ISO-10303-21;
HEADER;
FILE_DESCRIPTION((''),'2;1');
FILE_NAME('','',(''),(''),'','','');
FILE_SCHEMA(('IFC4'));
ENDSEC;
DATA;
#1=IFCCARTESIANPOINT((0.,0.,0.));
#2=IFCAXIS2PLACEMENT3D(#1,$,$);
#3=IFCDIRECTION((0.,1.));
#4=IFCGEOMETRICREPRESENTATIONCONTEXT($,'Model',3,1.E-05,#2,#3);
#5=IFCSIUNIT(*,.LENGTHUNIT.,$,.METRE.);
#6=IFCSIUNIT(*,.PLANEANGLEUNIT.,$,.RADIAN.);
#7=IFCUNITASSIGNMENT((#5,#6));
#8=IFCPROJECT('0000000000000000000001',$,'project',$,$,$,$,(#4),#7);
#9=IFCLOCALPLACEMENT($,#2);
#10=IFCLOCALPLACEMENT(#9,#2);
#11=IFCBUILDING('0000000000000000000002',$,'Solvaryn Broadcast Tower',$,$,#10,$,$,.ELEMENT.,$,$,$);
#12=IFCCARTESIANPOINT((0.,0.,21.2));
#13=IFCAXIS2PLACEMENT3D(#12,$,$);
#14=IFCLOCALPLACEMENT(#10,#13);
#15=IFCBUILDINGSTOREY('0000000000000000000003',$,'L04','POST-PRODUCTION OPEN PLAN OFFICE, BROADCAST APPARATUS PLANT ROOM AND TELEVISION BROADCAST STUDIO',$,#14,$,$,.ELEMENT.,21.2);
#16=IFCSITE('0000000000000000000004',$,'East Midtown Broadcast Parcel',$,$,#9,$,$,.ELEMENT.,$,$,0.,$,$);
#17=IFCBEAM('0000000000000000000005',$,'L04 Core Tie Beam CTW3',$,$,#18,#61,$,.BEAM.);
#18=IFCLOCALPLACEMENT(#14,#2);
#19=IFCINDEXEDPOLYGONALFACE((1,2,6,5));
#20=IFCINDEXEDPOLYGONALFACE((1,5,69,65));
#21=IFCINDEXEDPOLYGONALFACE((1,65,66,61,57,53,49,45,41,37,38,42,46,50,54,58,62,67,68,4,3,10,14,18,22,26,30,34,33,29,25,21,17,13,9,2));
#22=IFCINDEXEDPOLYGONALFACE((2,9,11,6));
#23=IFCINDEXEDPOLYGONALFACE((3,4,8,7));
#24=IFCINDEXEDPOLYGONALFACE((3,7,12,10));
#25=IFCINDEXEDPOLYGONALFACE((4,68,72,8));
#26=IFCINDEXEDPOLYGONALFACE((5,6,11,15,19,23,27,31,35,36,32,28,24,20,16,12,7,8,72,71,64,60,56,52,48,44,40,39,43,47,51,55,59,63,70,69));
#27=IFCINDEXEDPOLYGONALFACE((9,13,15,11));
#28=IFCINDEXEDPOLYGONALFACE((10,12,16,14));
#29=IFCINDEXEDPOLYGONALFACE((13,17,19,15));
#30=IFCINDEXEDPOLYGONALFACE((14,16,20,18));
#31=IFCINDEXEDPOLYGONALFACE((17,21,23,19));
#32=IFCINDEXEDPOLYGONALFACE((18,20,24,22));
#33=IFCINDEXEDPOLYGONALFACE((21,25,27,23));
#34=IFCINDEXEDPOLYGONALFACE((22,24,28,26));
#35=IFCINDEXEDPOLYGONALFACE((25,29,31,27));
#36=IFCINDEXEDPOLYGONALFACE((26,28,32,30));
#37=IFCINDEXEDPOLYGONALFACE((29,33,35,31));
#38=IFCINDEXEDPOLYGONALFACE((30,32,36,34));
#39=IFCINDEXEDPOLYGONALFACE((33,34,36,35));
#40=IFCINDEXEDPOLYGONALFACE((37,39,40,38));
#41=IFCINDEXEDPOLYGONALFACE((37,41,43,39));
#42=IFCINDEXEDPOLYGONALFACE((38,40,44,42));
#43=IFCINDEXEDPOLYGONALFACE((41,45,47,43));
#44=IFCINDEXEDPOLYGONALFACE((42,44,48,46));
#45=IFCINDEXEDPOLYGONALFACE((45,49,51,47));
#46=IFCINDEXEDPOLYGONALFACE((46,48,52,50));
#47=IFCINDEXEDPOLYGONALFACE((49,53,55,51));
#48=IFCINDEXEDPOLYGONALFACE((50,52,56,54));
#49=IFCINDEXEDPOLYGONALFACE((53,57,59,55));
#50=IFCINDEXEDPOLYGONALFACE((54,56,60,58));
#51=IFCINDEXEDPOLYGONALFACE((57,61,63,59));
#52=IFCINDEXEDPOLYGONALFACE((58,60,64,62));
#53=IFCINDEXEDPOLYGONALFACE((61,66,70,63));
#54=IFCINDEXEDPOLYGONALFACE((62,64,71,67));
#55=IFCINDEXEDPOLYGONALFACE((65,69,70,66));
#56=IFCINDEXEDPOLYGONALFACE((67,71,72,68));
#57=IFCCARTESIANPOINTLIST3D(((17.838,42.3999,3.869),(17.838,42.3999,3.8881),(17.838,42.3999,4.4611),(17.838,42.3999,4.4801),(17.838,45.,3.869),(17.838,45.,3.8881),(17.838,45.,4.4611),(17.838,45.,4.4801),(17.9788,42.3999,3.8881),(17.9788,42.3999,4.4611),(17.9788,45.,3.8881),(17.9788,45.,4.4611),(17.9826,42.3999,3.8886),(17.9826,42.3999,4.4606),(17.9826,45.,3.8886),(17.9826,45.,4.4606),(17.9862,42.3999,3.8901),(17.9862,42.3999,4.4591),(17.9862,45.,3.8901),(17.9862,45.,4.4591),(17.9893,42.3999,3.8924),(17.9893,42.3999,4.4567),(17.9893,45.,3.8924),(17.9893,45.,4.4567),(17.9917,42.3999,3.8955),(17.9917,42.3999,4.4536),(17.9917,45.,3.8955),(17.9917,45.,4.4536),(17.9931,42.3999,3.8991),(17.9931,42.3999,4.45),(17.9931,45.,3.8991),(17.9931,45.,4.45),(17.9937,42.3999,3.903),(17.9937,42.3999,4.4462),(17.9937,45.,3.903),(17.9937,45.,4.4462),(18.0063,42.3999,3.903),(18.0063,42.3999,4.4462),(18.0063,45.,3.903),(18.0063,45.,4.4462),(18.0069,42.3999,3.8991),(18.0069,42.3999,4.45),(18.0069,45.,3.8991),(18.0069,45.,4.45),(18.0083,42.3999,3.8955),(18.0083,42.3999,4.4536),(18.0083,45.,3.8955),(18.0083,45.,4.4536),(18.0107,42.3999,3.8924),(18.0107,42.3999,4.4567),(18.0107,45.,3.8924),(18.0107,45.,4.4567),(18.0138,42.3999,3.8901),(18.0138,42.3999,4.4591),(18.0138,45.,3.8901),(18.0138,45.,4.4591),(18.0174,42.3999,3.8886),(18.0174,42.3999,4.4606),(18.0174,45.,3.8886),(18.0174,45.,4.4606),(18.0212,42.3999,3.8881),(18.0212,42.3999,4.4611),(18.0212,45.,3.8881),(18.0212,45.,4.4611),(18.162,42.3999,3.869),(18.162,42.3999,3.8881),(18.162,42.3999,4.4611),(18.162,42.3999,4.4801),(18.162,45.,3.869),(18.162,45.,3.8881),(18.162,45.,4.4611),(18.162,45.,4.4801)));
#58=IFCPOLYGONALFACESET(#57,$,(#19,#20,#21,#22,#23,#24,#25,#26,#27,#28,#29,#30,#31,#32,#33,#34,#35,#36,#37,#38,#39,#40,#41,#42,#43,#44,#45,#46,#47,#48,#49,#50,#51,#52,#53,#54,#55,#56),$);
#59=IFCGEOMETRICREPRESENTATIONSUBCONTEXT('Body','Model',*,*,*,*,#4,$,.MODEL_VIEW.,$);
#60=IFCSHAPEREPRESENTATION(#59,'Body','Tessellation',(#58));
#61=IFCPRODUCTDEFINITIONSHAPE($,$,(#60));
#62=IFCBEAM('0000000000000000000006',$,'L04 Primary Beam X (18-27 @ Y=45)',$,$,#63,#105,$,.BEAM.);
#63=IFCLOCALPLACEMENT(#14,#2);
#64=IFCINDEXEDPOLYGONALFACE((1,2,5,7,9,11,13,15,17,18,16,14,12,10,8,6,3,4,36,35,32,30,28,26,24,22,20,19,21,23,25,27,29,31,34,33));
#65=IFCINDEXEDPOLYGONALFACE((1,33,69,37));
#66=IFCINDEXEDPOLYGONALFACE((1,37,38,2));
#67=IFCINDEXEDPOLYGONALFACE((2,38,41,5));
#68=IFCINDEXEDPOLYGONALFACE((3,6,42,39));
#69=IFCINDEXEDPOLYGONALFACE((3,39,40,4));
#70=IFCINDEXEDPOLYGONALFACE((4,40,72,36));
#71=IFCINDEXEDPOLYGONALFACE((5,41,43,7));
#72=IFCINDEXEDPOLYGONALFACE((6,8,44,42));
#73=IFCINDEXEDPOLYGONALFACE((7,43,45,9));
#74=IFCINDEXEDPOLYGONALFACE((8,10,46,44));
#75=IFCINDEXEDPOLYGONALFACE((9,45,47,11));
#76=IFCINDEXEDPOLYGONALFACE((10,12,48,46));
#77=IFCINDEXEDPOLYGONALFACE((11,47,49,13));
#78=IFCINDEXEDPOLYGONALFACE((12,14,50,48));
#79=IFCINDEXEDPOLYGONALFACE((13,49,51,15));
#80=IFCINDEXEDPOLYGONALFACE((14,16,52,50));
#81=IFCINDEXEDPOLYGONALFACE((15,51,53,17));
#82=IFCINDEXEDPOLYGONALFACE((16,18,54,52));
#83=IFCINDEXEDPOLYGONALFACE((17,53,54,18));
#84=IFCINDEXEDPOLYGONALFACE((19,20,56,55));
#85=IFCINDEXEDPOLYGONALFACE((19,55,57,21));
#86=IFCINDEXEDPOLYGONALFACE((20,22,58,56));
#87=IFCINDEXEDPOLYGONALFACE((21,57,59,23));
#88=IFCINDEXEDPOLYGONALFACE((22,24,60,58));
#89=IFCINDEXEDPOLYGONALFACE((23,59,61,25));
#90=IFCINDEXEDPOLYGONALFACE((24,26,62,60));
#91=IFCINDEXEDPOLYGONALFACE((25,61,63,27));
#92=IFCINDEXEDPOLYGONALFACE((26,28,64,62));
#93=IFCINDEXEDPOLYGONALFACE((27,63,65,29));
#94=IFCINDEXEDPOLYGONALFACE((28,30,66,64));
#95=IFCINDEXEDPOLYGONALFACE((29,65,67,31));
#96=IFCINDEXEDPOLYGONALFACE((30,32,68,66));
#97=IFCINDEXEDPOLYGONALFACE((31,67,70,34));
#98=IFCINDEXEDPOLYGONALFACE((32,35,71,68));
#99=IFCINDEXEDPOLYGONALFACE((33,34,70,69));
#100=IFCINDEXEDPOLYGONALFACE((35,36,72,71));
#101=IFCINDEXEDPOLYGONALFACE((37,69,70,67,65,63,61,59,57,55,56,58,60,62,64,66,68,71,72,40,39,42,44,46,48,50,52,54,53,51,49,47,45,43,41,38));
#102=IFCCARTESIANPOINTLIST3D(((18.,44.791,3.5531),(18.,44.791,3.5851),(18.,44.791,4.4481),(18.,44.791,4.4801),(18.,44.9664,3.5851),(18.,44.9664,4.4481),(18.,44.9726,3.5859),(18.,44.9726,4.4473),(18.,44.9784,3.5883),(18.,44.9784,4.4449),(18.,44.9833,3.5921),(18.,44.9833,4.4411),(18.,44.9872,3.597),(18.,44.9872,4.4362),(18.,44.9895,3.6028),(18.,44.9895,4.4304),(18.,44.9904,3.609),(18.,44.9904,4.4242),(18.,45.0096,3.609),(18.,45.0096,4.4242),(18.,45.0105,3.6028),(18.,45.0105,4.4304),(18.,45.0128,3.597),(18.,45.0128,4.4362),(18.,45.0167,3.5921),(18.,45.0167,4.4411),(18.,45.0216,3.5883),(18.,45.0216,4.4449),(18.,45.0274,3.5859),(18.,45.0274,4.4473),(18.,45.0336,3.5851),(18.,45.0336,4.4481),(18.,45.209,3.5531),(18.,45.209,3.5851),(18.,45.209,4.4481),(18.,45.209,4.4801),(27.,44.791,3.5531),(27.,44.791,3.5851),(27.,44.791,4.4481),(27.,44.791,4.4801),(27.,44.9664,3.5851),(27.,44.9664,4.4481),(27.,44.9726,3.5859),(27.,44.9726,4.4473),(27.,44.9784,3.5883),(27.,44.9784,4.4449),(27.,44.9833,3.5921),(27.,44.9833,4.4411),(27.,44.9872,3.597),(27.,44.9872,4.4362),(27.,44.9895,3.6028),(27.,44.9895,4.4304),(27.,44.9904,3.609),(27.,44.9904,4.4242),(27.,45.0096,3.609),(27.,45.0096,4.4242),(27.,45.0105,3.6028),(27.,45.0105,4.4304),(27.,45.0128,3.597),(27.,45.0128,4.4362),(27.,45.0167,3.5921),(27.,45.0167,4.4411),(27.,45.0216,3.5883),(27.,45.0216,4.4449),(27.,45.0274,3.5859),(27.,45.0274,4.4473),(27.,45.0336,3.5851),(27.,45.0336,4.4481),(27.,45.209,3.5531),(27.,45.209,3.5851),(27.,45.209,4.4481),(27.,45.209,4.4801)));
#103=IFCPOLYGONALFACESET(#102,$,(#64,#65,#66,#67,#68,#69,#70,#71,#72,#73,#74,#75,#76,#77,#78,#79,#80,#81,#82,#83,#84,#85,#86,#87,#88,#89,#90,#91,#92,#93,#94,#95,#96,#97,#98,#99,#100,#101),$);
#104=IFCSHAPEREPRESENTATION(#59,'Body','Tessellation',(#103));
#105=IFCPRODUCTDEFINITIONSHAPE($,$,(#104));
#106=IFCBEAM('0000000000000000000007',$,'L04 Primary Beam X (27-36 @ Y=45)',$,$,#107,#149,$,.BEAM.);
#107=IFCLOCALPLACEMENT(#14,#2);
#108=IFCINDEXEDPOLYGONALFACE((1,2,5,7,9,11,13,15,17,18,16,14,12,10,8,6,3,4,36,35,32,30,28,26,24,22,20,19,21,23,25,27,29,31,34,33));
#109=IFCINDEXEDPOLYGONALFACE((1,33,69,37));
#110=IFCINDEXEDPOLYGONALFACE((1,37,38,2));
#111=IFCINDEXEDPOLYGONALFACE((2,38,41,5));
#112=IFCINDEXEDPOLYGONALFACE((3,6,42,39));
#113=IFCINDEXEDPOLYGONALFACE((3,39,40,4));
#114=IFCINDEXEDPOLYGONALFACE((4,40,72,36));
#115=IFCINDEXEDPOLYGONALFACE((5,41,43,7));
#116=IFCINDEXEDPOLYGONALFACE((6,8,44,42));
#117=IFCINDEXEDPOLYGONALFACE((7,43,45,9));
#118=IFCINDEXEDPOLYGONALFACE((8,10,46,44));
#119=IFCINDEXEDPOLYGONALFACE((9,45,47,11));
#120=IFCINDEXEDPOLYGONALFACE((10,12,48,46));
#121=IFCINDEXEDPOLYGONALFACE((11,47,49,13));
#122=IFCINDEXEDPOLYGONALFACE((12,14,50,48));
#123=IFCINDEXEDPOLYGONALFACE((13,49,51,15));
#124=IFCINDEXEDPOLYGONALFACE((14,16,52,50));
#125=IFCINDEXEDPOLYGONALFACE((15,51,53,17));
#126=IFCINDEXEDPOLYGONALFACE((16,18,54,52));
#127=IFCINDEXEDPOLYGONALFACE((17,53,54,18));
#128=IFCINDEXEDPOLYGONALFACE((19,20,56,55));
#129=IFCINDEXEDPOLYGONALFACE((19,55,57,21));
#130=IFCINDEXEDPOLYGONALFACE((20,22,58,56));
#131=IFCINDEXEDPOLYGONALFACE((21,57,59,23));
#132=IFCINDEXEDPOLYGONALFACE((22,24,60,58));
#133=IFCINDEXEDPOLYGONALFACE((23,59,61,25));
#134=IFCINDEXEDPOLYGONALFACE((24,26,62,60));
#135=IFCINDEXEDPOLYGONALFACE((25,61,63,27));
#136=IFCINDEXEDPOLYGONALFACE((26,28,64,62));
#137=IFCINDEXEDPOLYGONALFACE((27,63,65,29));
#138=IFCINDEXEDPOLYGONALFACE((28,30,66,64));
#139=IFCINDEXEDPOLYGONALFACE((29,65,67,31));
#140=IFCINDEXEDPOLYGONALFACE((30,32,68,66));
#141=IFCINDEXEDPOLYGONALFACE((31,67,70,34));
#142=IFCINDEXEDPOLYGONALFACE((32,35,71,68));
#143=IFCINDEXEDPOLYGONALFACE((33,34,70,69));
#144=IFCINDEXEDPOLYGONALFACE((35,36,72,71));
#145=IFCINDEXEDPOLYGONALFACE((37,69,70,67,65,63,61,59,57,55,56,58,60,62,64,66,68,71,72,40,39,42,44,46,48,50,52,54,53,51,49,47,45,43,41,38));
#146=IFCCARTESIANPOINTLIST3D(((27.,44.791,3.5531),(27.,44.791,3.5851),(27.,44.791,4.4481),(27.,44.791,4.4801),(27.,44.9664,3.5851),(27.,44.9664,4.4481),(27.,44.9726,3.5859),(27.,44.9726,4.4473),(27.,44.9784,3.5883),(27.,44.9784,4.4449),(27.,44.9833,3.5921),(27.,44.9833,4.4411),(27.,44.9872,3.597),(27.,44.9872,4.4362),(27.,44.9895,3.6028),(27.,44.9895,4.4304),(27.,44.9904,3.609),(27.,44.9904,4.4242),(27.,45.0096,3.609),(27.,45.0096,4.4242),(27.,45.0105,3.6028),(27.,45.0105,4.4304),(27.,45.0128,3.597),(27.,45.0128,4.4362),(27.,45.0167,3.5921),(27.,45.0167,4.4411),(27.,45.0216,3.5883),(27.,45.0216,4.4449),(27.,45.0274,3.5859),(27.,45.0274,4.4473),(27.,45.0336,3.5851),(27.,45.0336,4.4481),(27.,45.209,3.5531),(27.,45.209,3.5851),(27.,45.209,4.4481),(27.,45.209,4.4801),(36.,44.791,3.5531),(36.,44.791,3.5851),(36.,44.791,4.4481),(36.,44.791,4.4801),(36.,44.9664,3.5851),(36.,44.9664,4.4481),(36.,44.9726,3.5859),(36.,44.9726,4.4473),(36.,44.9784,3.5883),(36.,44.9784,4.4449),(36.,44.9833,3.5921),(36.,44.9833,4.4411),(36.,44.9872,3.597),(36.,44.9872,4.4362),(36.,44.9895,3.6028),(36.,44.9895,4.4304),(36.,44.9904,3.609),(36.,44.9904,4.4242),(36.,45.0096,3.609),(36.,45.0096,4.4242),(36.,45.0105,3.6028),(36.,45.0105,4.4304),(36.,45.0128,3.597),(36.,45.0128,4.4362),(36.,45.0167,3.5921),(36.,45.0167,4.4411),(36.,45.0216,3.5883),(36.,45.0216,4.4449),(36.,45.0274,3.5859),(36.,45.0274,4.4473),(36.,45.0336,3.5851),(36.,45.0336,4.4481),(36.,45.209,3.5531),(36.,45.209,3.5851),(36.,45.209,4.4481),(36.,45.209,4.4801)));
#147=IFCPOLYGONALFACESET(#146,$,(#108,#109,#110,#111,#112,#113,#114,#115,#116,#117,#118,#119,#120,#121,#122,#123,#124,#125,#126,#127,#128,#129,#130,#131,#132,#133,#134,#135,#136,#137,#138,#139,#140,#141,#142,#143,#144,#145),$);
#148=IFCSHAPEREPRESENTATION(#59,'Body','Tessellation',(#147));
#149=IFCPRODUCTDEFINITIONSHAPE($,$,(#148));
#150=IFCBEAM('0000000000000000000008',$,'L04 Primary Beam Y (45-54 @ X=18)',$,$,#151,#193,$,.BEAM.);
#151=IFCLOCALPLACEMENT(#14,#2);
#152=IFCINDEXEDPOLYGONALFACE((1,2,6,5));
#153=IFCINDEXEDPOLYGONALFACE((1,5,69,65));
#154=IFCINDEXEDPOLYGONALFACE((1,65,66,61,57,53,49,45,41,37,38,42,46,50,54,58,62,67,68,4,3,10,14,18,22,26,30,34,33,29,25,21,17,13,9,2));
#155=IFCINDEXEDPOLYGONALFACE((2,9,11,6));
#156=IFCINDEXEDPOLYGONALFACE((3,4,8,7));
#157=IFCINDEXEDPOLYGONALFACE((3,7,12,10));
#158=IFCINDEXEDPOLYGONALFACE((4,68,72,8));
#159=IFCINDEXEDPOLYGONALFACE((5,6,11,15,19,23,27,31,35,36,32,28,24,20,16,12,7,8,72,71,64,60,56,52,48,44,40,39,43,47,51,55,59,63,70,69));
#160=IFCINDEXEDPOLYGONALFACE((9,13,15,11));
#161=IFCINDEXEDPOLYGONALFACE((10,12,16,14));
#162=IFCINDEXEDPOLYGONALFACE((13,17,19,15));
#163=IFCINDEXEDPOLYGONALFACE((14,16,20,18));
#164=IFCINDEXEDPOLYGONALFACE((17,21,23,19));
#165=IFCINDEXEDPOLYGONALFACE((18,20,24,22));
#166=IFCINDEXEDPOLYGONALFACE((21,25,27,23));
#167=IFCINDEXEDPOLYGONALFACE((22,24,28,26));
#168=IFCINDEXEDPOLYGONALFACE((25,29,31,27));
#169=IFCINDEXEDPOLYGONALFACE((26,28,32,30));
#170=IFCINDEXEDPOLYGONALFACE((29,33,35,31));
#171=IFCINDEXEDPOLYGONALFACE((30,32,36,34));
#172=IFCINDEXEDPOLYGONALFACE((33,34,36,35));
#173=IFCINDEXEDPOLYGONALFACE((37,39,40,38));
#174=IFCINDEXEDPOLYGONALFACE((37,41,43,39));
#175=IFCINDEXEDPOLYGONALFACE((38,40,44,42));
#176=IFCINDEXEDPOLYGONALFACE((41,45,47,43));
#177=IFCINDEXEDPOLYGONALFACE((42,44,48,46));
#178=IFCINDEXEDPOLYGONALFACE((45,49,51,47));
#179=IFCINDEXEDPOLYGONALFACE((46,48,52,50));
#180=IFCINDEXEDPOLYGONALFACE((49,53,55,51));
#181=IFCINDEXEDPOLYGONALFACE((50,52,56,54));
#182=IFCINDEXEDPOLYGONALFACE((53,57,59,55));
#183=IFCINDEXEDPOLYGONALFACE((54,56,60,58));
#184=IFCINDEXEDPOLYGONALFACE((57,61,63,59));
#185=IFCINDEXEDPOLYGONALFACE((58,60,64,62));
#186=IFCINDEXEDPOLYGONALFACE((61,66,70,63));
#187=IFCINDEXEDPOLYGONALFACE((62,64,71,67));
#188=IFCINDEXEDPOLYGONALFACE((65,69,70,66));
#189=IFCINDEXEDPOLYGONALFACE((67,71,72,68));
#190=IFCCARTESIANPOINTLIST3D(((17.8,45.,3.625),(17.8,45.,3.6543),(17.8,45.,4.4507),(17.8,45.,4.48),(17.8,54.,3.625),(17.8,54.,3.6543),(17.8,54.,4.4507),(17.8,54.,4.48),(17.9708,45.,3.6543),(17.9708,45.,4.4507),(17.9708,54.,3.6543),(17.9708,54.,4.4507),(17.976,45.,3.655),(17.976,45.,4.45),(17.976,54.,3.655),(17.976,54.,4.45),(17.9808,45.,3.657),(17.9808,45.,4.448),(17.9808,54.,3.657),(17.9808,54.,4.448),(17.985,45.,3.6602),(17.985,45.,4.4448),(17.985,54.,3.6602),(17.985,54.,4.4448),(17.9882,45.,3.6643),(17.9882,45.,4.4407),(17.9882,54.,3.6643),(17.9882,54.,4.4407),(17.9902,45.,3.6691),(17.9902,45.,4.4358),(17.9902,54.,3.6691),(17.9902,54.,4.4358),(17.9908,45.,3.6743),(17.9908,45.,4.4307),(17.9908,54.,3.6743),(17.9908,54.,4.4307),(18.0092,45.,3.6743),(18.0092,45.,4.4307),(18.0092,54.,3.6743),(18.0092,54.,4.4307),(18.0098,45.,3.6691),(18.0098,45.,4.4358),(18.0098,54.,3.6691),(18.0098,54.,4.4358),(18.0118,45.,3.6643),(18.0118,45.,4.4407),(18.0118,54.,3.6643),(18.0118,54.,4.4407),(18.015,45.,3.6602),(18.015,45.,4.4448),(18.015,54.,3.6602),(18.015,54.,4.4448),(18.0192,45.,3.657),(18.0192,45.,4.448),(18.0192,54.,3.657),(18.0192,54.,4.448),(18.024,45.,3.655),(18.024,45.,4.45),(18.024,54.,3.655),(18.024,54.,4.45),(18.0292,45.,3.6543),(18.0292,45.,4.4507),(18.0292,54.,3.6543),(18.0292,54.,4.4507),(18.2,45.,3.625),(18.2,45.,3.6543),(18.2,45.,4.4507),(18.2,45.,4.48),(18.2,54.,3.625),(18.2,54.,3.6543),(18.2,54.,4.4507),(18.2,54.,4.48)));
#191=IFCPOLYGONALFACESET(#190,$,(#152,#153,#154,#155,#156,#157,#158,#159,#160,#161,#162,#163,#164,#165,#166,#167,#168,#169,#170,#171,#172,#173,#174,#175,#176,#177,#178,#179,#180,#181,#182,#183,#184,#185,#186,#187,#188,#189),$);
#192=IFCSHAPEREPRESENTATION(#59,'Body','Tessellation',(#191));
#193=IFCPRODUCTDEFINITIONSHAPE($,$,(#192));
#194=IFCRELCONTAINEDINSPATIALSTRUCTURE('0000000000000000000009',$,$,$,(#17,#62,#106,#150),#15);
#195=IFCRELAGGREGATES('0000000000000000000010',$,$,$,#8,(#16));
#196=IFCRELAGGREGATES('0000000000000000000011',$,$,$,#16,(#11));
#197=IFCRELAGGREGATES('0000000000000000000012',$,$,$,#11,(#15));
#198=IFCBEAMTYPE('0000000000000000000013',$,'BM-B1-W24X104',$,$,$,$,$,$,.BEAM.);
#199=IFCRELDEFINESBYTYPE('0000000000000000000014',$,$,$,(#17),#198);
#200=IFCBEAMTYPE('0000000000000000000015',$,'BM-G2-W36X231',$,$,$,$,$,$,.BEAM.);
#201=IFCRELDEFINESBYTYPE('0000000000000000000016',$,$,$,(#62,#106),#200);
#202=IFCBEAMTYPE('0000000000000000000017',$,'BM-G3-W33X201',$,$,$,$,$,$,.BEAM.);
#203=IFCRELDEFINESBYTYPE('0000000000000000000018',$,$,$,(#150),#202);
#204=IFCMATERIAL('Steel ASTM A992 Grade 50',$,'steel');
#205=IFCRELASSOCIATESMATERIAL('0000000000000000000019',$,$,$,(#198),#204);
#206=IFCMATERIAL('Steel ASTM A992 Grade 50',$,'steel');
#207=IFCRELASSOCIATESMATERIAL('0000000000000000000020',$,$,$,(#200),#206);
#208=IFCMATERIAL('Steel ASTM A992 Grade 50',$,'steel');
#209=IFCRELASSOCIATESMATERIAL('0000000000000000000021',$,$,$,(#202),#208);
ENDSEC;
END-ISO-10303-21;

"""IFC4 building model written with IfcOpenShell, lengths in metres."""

from ifc_helpers import new_model, si_unit, direction, frame, origin, origin_2d, place, context, subcontext, project, spatial, i_section, extrude, material, material_profile, profile_set, type_object, element, save


model = new_model("IFC4")

# Units and contexts
model_context = context("Model", 3, precision=1e-05, world=origin(), true_north=direction((0.0, 1.0)))
body_context = subcontext(model_context, "Body", "Model", "MODEL_VIEW")
ifc_project = project(units=[si_unit("LENGTHUNIT", "METRE"), si_unit("PLANEANGLEUNIT", "RADIAN")], contexts=[model_context])

# Site, building, storey
site_placement = place(None, origin())
site = spatial("IfcSite", under=ifc_project, at=site_placement, Name="East Midtown Broadcast Parcel", CompositionType="ELEMENT", RefElevation=0.0)
building_placement = place(site_placement, origin())
building = spatial("IfcBuilding", under=site, at=building_placement, Name="Solvaryn Broadcast Tower", CompositionType="ELEMENT")
storey_placement = place(building_placement, frame((0.0, 0.0, 21.2)))
storey = spatial("IfcBuildingStorey", under=building, at=storey_placement, Name="L04", Description="POST-PRODUCTION OPEN PLAN OFFICE, BROADCAST APPARATUS PLANT ROOM AND TELEVISION BROADCAST STUDIO", CompositionType="ELEMENT", Elevation=21.2)

# Beams
ifc_material_1 = material(Name="Steel ASTM A992 Grade 50", Category="steel")
ifc_material_profile_1 = material_profile(ifc_material_1, i_section(OverallWidth=0.324, OverallDepth=0.6111, WebThickness=0.0127, FlangeThickness=0.019, FilletRadius=0.0149, at=origin_2d()))
ifc_profile_set_1 = profile_set([ifc_material_profile_1], Name="Steel ASTM A992 Grade 50")
beam_type_1 = type_object("IfcBeamType", Name="BM-B1-W24X104", PredefinedType="BEAM", material=ifc_profile_set_1)
beam_placement = place(storey_placement, frame((18.0, 42.3999, 4.1746), z_axis=(0.0, 1.0, 0.0), x_axis=(-1.0, 0.0, 0.0)))
element("IfcBeam", 1, at=beam_placement, inside=storey, type_object=beam_type_1, Name="L04 Core Tie Beam CTW3", PredefinedType="BEAM", context=body_context, shape_type="SweptSolid", body=[
    extrude(i_section(OverallWidth=0.324, OverallDepth=0.6111, WebThickness=0.0127, FlangeThickness=0.019, FilletRadius=0.0149, at=origin_2d()), origin(), (0.0, 0.0, 1.0), 2.6001),
])
ifc_material_2 = material(Name="Steel ASTM A992 Grade 50", Category="steel")
ifc_material_profile_2 = material_profile(ifc_material_2, i_section(OverallWidth=0.418, OverallDepth=0.927, WebThickness=0.0193, FlangeThickness=0.032, FilletRadius=0.0239, at=origin_2d()))
ifc_profile_set_2 = profile_set([ifc_material_profile_2], Name="Steel ASTM A992 Grade 50")
beam_type_2 = type_object("IfcBeamType", Name="BM-G2-W36X231", PredefinedType="BEAM", material=ifc_profile_set_2)
for number, where, z_axis, x_axis, name in (
    (2, (18.0, 45.0, 4.0166), (1.0, 0.0, 0.0), (0.0, 1.0, 0.0), "L04 Primary Beam X (18-27 @ Y=45)"),
    (3, (27.0, 45.0, 4.0166), (1.0, 0.0, 0.0), (0.0, 1.0, 0.0), "L04 Primary Beam X (27-36 @ Y=45)"),
):
    element("IfcBeam", number, at=place(storey_placement, frame(where, z_axis=z_axis, x_axis=x_axis)), inside=storey, type_object=beam_type_2, Name=name, PredefinedType="BEAM", context=body_context, shape_type="SweptSolid", body=[
        extrude(i_section(OverallWidth=0.418, OverallDepth=0.927, WebThickness=0.0193, FlangeThickness=0.032, FilletRadius=0.0239, at=origin_2d()), origin(), (0.0, 0.0, 1.0), 9.0),
    ])
ifc_material_3 = material(Name="Steel ASTM A992 Grade 50", Category="steel")
ifc_material_profile_3 = material_profile(ifc_material_3, i_section(OverallWidth=0.3999, OverallDepth=0.855, WebThickness=0.0183, FlangeThickness=0.0293, FilletRadius=0.02, at=origin_2d()))
ifc_profile_set_3 = profile_set([ifc_material_profile_3], Name="Steel ASTM A992 Grade 50")
beam_type_3 = type_object("IfcBeamType", Name="BM-G3-W33X201", PredefinedType="BEAM", material=ifc_profile_set_3)
for number, where, z_axis, x_axis, name in (
    (4, (18.0, 45.0, 4.0525), (0.0, 1.0, 0.0), (-1.0, 0.0, 0.0), "L04 Primary Beam Y (45-54 @ X=18)"),
):
    element("IfcBeam", number, at=place(storey_placement, frame(where, z_axis=z_axis, x_axis=x_axis)), inside=storey, type_object=beam_type_3, Name=name, PredefinedType="BEAM", context=body_context, shape_type="SweptSolid", body=[
        extrude(i_section(OverallWidth=0.3999, OverallDepth=0.855, WebThickness=0.0183, FlangeThickness=0.0293, FilletRadius=0.02, at=origin_2d()), origin(), (0.0, 0.0, 1.0), 9.0),
    ])

save(model, "model.ifc")
